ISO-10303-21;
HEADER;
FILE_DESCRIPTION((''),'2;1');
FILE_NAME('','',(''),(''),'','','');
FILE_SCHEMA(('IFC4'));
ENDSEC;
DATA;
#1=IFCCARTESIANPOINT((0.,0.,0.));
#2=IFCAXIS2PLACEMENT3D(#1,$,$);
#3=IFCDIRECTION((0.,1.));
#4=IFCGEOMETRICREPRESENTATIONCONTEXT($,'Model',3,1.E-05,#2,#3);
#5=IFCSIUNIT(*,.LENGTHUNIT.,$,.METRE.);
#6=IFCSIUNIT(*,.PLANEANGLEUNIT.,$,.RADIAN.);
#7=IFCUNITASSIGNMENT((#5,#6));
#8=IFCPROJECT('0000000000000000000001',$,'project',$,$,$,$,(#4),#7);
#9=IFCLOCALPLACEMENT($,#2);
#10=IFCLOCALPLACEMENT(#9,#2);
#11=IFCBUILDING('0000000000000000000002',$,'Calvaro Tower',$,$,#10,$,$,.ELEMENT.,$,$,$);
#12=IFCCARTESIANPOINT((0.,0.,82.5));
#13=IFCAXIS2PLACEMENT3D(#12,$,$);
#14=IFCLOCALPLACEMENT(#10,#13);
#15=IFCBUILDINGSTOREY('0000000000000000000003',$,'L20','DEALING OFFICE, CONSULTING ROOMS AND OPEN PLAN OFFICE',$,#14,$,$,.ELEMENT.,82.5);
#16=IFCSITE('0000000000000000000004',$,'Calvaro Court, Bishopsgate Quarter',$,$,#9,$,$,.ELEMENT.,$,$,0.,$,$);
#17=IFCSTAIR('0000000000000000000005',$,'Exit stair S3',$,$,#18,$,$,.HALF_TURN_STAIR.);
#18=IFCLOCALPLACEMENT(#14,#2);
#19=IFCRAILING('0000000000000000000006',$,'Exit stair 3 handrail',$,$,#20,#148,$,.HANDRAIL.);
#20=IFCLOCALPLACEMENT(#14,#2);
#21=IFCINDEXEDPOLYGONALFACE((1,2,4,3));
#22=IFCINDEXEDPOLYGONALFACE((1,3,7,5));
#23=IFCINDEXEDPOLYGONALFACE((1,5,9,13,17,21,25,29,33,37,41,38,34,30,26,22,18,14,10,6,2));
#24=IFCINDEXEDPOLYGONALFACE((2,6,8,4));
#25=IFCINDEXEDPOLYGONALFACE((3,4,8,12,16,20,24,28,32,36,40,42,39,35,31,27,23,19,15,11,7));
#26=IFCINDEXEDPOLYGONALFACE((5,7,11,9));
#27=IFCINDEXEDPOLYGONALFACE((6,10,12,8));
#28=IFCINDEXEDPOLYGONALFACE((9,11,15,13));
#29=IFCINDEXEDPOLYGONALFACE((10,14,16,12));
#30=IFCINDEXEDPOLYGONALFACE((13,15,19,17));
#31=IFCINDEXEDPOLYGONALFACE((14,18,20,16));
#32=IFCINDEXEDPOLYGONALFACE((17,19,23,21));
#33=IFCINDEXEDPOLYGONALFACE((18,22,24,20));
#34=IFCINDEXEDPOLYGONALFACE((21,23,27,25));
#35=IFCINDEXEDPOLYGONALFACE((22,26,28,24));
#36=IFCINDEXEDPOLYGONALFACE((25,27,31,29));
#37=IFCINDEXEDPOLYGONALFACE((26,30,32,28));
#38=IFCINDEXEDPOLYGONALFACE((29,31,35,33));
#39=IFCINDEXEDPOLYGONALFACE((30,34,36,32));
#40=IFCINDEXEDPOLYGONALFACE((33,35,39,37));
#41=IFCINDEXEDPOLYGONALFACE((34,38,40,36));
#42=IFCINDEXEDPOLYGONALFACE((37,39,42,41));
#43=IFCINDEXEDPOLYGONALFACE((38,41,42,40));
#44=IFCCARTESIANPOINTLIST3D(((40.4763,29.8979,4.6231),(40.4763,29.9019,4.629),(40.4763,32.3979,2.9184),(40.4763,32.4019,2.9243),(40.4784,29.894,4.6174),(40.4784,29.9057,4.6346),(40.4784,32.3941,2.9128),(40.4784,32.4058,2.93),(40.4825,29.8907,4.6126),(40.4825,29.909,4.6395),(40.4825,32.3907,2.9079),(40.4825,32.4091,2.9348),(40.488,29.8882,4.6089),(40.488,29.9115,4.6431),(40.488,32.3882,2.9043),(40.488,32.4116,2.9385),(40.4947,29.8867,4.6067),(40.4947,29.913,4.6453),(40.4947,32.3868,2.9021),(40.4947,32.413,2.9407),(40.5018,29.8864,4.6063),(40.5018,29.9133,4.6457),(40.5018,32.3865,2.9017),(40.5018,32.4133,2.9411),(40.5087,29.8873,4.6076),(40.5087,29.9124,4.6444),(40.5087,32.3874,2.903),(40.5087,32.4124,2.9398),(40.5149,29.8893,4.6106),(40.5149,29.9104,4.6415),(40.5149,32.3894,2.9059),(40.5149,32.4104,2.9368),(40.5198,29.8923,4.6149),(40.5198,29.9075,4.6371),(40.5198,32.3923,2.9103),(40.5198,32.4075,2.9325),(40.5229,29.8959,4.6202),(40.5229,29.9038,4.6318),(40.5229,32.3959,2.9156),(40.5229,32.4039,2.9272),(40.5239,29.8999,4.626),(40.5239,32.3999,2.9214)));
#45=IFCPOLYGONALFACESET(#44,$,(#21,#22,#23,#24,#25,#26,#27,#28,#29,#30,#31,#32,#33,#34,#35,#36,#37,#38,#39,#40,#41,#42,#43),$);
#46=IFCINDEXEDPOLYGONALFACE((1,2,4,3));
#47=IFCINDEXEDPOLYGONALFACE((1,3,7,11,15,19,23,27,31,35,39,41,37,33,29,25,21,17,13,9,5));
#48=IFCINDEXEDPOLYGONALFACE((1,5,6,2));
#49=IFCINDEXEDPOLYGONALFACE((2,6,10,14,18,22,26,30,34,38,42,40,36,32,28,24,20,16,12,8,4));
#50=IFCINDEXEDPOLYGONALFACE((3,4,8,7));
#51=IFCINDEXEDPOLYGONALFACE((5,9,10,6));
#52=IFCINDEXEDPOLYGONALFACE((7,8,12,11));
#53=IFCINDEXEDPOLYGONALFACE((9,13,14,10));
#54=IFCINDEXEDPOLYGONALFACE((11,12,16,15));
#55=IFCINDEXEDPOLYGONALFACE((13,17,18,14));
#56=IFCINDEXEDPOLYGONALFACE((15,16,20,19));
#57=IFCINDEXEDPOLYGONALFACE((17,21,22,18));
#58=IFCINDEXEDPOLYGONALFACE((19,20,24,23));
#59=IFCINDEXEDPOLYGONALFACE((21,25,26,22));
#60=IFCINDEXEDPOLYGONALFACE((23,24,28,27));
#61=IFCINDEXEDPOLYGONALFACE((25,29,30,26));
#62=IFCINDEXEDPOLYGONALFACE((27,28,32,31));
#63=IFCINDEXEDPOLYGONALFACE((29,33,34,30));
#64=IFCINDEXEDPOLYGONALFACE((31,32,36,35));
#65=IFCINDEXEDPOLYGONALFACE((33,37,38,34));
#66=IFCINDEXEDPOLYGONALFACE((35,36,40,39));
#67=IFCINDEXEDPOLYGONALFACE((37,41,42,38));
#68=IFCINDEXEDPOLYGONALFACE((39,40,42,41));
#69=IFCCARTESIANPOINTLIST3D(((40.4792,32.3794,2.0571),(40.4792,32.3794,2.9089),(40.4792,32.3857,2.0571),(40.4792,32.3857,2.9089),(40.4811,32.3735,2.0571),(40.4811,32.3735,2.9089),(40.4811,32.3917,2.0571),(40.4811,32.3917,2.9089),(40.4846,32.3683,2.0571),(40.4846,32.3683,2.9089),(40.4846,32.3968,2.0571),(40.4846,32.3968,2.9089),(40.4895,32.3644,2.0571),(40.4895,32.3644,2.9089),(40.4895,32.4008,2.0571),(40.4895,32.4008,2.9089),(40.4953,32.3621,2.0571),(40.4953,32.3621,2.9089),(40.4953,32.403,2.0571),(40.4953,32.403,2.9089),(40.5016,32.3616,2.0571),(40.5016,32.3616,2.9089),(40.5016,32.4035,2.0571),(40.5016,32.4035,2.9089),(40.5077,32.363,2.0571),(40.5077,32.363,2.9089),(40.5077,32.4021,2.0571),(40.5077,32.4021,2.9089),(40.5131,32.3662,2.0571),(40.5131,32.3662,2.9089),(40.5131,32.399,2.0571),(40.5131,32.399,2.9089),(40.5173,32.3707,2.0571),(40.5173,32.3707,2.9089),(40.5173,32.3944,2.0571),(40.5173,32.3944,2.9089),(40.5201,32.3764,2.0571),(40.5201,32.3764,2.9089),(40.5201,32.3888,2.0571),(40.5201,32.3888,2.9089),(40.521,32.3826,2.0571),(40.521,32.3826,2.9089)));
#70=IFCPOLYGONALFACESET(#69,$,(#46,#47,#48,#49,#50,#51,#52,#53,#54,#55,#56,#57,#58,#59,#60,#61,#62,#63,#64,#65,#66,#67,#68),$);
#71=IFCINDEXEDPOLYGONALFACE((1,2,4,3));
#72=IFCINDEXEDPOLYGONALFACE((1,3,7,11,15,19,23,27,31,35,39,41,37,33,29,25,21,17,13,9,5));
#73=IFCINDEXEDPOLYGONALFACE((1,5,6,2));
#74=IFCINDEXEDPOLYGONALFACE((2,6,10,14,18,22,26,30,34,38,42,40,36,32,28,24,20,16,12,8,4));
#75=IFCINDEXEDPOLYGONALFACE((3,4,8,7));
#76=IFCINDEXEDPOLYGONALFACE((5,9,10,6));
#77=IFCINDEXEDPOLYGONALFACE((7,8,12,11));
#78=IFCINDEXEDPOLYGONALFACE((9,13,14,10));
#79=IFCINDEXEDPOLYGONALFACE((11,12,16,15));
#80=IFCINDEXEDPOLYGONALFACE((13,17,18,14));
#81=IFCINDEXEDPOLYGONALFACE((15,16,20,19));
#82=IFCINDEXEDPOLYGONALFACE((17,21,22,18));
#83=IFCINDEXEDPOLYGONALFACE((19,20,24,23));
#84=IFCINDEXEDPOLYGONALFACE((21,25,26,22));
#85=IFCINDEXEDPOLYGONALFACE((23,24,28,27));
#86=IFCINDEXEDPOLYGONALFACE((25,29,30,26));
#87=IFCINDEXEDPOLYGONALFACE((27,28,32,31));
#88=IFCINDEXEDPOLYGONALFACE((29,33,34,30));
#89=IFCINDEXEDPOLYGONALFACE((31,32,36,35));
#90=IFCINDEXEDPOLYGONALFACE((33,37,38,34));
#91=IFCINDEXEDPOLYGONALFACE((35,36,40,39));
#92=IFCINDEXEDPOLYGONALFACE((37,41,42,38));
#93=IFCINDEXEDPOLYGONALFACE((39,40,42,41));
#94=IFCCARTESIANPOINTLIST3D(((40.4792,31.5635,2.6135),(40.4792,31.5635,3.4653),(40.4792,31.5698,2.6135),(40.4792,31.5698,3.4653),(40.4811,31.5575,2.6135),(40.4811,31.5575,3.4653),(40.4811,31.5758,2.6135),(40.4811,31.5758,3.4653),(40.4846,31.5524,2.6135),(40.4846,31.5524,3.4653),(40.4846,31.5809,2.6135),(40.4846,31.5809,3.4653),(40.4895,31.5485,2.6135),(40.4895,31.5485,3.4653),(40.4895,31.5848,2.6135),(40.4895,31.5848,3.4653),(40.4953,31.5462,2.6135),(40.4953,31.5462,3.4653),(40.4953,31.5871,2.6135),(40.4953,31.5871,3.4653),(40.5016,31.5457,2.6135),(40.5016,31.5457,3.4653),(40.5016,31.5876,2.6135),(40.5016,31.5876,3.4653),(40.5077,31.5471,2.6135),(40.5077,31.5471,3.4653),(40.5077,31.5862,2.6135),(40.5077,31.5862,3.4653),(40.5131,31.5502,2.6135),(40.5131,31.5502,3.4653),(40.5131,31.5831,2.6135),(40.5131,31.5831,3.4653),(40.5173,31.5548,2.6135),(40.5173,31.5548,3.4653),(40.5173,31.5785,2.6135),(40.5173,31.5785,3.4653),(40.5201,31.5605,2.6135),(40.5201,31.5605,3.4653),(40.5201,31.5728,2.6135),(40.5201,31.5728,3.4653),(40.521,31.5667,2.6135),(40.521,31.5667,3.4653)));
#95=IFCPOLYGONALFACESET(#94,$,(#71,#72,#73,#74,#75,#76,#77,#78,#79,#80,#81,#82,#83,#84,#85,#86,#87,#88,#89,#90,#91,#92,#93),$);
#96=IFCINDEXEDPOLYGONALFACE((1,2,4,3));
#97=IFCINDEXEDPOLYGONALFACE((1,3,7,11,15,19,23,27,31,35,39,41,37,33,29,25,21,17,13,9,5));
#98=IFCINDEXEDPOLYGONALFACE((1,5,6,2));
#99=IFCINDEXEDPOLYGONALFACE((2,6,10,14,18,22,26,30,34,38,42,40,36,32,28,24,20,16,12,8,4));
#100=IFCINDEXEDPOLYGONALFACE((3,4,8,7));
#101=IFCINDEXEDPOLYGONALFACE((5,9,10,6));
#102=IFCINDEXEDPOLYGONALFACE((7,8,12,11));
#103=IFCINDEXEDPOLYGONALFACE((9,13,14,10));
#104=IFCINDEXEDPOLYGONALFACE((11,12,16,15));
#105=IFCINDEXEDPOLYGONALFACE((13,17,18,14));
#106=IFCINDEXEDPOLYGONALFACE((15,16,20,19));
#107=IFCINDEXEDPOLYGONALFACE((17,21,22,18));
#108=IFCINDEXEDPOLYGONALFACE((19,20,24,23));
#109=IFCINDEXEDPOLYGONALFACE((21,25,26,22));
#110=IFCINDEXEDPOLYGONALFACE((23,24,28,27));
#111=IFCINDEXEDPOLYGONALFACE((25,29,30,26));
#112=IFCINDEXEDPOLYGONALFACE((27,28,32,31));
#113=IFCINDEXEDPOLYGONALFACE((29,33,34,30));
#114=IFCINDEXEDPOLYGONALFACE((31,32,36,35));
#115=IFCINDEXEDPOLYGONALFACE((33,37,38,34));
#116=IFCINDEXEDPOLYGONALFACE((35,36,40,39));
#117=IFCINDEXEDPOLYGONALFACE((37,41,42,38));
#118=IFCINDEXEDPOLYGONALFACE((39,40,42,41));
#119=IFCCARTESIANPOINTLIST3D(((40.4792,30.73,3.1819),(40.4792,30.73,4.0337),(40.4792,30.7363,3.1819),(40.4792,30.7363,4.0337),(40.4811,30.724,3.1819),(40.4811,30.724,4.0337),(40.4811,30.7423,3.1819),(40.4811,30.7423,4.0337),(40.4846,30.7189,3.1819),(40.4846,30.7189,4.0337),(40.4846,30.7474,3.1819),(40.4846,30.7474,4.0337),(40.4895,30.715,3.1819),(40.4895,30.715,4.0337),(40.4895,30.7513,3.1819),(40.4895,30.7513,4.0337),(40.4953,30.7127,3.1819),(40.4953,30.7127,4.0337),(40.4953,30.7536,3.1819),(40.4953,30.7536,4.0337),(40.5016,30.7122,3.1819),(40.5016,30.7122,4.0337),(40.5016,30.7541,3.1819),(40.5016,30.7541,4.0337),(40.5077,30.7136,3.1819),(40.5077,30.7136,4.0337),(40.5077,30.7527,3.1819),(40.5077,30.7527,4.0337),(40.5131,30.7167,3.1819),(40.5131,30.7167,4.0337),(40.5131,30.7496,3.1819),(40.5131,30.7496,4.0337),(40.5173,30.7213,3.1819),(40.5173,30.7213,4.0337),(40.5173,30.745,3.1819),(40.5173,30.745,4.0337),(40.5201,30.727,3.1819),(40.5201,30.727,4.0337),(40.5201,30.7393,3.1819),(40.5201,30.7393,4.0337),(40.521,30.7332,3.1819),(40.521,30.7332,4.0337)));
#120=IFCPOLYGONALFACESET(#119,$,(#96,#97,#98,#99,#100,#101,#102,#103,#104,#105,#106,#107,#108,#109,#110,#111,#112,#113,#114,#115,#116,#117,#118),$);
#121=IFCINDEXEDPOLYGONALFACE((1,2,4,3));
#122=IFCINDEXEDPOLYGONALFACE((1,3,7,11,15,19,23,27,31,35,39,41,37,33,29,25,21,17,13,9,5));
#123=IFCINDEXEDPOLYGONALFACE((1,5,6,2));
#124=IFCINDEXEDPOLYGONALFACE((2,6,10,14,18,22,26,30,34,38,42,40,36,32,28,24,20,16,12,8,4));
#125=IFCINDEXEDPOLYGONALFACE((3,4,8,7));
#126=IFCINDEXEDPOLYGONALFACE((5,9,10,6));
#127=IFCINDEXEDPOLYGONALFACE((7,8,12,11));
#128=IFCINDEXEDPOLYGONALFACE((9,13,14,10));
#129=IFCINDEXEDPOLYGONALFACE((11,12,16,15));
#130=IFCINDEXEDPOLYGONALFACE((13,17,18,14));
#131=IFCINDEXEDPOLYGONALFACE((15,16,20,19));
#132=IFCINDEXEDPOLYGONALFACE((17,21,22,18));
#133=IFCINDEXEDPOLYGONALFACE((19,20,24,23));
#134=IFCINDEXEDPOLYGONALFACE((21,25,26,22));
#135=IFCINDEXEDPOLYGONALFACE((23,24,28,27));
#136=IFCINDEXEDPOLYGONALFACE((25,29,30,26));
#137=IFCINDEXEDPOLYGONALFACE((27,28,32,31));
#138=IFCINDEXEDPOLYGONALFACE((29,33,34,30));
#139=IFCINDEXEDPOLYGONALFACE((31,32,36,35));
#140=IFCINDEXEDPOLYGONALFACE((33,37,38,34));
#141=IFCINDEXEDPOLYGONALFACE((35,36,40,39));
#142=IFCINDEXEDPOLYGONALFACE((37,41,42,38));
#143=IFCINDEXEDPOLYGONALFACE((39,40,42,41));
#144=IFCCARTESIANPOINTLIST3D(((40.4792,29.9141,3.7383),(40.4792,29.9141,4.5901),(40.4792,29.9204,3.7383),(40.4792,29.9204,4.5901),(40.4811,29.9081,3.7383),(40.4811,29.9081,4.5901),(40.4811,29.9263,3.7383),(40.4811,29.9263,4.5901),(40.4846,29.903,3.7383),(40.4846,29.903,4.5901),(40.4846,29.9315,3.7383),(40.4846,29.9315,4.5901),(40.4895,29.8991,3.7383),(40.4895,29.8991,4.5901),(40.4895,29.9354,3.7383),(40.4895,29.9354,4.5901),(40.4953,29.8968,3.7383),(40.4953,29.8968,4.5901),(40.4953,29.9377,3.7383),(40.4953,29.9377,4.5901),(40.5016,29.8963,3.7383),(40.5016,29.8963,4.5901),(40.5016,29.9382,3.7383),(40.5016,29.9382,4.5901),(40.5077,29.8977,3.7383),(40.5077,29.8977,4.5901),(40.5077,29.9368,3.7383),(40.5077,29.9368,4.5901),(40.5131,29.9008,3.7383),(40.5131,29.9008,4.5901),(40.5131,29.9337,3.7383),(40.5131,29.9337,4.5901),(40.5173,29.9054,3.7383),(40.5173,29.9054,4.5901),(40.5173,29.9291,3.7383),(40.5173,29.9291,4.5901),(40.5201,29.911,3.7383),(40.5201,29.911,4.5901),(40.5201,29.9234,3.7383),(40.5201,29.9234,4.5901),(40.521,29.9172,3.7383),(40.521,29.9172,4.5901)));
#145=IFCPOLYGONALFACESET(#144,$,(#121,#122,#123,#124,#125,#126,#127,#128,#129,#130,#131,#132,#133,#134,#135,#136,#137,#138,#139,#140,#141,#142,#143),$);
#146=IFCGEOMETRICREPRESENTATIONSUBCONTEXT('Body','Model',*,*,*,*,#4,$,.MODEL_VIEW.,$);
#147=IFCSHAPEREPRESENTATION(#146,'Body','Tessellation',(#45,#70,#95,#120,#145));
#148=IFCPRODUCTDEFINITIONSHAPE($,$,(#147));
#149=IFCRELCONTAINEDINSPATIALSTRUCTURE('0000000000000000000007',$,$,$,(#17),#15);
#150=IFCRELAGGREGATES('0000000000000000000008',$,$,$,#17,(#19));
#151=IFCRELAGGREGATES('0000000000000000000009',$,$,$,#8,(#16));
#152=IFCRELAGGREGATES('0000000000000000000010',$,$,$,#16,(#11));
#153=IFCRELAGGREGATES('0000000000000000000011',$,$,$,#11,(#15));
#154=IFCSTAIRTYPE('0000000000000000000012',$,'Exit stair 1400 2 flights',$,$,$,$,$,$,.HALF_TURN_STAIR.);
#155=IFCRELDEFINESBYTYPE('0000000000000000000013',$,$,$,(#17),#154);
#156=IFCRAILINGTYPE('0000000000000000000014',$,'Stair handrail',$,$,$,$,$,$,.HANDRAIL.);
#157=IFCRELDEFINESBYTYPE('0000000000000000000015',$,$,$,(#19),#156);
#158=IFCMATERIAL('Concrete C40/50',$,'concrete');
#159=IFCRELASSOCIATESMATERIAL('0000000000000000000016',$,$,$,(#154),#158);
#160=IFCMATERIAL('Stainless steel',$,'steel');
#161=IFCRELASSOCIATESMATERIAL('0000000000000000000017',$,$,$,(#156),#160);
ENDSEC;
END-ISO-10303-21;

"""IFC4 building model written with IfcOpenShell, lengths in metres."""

from ifc_helpers import new_model, si_unit, direction, frame, origin, origin_2d, place, context, subcontext, project, spatial, circle, extrude, material, type_object, element, aggregate, save


model = new_model("IFC4")

# Units and contexts
model_context = context("Model", 3, precision=1e-05, world=origin(), true_north=direction((0.0, 1.0)))
body_context = subcontext(model_context, "Body", "Model", "MODEL_VIEW")
ifc_project = project(units=[si_unit("LENGTHUNIT", "METRE"), si_unit("PLANEANGLEUNIT", "RADIAN")], contexts=[model_context])

# Site, building, storey
site_placement = place(None, origin())
site = spatial("IfcSite", under=ifc_project, at=site_placement, Name="Calvaro Court, Bishopsgate Quarter", CompositionType="ELEMENT", RefElevation=0.0)
building_placement = place(site_placement, origin())
building = spatial("IfcBuilding", under=site, at=building_placement, Name="Calvaro Tower", CompositionType="ELEMENT")
storey_placement = place(building_placement, frame((0.0, 0.0, 82.5)))
storey = spatial("IfcBuildingStorey", under=building, at=storey_placement, Name="L20", Description="DEALING OFFICE, CONSULTING ROOMS AND OPEN PLAN OFFICE", CompositionType="ELEMENT", Elevation=82.5)

# Stair
ifc_material_1 = material(Name="Concrete C40/50", Category="concrete")
stair_type = type_object("IfcStairType", Name="Exit stair 1400 2 flights", PredefinedType="HALF_TURN_STAIR", material=ifc_material_1)
stair_1_placement = place(storey_placement, origin())
stair_1 = element("IfcStair", 1, at=stair_1_placement, inside=storey, type_object=stair_type, Name="Exit stair S3", PredefinedType="HALF_TURN_STAIR")

# Railing
ifc_material_2 = material(Name="Stainless steel", Category="steel")
railing_type = type_object("IfcRailingType", Name="Stair handrail", PredefinedType="HANDRAIL", material=ifc_material_2)
railing_1_placement = place(storey_placement, frame((40.5, 32.3999, 2.0454)))
railing_1 = element("IfcRailing", 2, at=railing_1_placement, type_object=railing_type, Name="Exit stair 3 handrail", PredefinedType="HANDRAIL", context=body_context, shape_type="SweptSolid", body=[
    extrude(circle(Radius=0.0239, at=origin_2d()), frame((0.0, 0.0, 0.876), z_axis=(0.0, -0.826221, 0.563347), x_axis=(1.0, 0.0, 0.0)), (0.0, 0.0, 1.0), 3.0259),
    extrude(circle(Radius=0.021, at=origin_2d()), frame((0.0, -0.0173, 0.0117)), (0.0, 0.0, 1.0), 0.8518),
    extrude(circle(Radius=0.021, at=origin_2d()), frame((0.0, -0.8333, 0.5681)), (0.0, 0.0, 1.0), 0.8518),
    extrude(circle(Radius=0.021, at=origin_2d()), frame((0.0, -1.6667, 1.1365)), (0.0, 0.0, 1.0), 0.8518),
    extrude(circle(Radius=0.021, at=origin_2d()), frame((0.0, -2.4827, 1.6929)), (0.0, 0.0, 1.0), 0.8518),
])
aggregate(stair_1, [railing_1])

save(model, "model.ifc")
